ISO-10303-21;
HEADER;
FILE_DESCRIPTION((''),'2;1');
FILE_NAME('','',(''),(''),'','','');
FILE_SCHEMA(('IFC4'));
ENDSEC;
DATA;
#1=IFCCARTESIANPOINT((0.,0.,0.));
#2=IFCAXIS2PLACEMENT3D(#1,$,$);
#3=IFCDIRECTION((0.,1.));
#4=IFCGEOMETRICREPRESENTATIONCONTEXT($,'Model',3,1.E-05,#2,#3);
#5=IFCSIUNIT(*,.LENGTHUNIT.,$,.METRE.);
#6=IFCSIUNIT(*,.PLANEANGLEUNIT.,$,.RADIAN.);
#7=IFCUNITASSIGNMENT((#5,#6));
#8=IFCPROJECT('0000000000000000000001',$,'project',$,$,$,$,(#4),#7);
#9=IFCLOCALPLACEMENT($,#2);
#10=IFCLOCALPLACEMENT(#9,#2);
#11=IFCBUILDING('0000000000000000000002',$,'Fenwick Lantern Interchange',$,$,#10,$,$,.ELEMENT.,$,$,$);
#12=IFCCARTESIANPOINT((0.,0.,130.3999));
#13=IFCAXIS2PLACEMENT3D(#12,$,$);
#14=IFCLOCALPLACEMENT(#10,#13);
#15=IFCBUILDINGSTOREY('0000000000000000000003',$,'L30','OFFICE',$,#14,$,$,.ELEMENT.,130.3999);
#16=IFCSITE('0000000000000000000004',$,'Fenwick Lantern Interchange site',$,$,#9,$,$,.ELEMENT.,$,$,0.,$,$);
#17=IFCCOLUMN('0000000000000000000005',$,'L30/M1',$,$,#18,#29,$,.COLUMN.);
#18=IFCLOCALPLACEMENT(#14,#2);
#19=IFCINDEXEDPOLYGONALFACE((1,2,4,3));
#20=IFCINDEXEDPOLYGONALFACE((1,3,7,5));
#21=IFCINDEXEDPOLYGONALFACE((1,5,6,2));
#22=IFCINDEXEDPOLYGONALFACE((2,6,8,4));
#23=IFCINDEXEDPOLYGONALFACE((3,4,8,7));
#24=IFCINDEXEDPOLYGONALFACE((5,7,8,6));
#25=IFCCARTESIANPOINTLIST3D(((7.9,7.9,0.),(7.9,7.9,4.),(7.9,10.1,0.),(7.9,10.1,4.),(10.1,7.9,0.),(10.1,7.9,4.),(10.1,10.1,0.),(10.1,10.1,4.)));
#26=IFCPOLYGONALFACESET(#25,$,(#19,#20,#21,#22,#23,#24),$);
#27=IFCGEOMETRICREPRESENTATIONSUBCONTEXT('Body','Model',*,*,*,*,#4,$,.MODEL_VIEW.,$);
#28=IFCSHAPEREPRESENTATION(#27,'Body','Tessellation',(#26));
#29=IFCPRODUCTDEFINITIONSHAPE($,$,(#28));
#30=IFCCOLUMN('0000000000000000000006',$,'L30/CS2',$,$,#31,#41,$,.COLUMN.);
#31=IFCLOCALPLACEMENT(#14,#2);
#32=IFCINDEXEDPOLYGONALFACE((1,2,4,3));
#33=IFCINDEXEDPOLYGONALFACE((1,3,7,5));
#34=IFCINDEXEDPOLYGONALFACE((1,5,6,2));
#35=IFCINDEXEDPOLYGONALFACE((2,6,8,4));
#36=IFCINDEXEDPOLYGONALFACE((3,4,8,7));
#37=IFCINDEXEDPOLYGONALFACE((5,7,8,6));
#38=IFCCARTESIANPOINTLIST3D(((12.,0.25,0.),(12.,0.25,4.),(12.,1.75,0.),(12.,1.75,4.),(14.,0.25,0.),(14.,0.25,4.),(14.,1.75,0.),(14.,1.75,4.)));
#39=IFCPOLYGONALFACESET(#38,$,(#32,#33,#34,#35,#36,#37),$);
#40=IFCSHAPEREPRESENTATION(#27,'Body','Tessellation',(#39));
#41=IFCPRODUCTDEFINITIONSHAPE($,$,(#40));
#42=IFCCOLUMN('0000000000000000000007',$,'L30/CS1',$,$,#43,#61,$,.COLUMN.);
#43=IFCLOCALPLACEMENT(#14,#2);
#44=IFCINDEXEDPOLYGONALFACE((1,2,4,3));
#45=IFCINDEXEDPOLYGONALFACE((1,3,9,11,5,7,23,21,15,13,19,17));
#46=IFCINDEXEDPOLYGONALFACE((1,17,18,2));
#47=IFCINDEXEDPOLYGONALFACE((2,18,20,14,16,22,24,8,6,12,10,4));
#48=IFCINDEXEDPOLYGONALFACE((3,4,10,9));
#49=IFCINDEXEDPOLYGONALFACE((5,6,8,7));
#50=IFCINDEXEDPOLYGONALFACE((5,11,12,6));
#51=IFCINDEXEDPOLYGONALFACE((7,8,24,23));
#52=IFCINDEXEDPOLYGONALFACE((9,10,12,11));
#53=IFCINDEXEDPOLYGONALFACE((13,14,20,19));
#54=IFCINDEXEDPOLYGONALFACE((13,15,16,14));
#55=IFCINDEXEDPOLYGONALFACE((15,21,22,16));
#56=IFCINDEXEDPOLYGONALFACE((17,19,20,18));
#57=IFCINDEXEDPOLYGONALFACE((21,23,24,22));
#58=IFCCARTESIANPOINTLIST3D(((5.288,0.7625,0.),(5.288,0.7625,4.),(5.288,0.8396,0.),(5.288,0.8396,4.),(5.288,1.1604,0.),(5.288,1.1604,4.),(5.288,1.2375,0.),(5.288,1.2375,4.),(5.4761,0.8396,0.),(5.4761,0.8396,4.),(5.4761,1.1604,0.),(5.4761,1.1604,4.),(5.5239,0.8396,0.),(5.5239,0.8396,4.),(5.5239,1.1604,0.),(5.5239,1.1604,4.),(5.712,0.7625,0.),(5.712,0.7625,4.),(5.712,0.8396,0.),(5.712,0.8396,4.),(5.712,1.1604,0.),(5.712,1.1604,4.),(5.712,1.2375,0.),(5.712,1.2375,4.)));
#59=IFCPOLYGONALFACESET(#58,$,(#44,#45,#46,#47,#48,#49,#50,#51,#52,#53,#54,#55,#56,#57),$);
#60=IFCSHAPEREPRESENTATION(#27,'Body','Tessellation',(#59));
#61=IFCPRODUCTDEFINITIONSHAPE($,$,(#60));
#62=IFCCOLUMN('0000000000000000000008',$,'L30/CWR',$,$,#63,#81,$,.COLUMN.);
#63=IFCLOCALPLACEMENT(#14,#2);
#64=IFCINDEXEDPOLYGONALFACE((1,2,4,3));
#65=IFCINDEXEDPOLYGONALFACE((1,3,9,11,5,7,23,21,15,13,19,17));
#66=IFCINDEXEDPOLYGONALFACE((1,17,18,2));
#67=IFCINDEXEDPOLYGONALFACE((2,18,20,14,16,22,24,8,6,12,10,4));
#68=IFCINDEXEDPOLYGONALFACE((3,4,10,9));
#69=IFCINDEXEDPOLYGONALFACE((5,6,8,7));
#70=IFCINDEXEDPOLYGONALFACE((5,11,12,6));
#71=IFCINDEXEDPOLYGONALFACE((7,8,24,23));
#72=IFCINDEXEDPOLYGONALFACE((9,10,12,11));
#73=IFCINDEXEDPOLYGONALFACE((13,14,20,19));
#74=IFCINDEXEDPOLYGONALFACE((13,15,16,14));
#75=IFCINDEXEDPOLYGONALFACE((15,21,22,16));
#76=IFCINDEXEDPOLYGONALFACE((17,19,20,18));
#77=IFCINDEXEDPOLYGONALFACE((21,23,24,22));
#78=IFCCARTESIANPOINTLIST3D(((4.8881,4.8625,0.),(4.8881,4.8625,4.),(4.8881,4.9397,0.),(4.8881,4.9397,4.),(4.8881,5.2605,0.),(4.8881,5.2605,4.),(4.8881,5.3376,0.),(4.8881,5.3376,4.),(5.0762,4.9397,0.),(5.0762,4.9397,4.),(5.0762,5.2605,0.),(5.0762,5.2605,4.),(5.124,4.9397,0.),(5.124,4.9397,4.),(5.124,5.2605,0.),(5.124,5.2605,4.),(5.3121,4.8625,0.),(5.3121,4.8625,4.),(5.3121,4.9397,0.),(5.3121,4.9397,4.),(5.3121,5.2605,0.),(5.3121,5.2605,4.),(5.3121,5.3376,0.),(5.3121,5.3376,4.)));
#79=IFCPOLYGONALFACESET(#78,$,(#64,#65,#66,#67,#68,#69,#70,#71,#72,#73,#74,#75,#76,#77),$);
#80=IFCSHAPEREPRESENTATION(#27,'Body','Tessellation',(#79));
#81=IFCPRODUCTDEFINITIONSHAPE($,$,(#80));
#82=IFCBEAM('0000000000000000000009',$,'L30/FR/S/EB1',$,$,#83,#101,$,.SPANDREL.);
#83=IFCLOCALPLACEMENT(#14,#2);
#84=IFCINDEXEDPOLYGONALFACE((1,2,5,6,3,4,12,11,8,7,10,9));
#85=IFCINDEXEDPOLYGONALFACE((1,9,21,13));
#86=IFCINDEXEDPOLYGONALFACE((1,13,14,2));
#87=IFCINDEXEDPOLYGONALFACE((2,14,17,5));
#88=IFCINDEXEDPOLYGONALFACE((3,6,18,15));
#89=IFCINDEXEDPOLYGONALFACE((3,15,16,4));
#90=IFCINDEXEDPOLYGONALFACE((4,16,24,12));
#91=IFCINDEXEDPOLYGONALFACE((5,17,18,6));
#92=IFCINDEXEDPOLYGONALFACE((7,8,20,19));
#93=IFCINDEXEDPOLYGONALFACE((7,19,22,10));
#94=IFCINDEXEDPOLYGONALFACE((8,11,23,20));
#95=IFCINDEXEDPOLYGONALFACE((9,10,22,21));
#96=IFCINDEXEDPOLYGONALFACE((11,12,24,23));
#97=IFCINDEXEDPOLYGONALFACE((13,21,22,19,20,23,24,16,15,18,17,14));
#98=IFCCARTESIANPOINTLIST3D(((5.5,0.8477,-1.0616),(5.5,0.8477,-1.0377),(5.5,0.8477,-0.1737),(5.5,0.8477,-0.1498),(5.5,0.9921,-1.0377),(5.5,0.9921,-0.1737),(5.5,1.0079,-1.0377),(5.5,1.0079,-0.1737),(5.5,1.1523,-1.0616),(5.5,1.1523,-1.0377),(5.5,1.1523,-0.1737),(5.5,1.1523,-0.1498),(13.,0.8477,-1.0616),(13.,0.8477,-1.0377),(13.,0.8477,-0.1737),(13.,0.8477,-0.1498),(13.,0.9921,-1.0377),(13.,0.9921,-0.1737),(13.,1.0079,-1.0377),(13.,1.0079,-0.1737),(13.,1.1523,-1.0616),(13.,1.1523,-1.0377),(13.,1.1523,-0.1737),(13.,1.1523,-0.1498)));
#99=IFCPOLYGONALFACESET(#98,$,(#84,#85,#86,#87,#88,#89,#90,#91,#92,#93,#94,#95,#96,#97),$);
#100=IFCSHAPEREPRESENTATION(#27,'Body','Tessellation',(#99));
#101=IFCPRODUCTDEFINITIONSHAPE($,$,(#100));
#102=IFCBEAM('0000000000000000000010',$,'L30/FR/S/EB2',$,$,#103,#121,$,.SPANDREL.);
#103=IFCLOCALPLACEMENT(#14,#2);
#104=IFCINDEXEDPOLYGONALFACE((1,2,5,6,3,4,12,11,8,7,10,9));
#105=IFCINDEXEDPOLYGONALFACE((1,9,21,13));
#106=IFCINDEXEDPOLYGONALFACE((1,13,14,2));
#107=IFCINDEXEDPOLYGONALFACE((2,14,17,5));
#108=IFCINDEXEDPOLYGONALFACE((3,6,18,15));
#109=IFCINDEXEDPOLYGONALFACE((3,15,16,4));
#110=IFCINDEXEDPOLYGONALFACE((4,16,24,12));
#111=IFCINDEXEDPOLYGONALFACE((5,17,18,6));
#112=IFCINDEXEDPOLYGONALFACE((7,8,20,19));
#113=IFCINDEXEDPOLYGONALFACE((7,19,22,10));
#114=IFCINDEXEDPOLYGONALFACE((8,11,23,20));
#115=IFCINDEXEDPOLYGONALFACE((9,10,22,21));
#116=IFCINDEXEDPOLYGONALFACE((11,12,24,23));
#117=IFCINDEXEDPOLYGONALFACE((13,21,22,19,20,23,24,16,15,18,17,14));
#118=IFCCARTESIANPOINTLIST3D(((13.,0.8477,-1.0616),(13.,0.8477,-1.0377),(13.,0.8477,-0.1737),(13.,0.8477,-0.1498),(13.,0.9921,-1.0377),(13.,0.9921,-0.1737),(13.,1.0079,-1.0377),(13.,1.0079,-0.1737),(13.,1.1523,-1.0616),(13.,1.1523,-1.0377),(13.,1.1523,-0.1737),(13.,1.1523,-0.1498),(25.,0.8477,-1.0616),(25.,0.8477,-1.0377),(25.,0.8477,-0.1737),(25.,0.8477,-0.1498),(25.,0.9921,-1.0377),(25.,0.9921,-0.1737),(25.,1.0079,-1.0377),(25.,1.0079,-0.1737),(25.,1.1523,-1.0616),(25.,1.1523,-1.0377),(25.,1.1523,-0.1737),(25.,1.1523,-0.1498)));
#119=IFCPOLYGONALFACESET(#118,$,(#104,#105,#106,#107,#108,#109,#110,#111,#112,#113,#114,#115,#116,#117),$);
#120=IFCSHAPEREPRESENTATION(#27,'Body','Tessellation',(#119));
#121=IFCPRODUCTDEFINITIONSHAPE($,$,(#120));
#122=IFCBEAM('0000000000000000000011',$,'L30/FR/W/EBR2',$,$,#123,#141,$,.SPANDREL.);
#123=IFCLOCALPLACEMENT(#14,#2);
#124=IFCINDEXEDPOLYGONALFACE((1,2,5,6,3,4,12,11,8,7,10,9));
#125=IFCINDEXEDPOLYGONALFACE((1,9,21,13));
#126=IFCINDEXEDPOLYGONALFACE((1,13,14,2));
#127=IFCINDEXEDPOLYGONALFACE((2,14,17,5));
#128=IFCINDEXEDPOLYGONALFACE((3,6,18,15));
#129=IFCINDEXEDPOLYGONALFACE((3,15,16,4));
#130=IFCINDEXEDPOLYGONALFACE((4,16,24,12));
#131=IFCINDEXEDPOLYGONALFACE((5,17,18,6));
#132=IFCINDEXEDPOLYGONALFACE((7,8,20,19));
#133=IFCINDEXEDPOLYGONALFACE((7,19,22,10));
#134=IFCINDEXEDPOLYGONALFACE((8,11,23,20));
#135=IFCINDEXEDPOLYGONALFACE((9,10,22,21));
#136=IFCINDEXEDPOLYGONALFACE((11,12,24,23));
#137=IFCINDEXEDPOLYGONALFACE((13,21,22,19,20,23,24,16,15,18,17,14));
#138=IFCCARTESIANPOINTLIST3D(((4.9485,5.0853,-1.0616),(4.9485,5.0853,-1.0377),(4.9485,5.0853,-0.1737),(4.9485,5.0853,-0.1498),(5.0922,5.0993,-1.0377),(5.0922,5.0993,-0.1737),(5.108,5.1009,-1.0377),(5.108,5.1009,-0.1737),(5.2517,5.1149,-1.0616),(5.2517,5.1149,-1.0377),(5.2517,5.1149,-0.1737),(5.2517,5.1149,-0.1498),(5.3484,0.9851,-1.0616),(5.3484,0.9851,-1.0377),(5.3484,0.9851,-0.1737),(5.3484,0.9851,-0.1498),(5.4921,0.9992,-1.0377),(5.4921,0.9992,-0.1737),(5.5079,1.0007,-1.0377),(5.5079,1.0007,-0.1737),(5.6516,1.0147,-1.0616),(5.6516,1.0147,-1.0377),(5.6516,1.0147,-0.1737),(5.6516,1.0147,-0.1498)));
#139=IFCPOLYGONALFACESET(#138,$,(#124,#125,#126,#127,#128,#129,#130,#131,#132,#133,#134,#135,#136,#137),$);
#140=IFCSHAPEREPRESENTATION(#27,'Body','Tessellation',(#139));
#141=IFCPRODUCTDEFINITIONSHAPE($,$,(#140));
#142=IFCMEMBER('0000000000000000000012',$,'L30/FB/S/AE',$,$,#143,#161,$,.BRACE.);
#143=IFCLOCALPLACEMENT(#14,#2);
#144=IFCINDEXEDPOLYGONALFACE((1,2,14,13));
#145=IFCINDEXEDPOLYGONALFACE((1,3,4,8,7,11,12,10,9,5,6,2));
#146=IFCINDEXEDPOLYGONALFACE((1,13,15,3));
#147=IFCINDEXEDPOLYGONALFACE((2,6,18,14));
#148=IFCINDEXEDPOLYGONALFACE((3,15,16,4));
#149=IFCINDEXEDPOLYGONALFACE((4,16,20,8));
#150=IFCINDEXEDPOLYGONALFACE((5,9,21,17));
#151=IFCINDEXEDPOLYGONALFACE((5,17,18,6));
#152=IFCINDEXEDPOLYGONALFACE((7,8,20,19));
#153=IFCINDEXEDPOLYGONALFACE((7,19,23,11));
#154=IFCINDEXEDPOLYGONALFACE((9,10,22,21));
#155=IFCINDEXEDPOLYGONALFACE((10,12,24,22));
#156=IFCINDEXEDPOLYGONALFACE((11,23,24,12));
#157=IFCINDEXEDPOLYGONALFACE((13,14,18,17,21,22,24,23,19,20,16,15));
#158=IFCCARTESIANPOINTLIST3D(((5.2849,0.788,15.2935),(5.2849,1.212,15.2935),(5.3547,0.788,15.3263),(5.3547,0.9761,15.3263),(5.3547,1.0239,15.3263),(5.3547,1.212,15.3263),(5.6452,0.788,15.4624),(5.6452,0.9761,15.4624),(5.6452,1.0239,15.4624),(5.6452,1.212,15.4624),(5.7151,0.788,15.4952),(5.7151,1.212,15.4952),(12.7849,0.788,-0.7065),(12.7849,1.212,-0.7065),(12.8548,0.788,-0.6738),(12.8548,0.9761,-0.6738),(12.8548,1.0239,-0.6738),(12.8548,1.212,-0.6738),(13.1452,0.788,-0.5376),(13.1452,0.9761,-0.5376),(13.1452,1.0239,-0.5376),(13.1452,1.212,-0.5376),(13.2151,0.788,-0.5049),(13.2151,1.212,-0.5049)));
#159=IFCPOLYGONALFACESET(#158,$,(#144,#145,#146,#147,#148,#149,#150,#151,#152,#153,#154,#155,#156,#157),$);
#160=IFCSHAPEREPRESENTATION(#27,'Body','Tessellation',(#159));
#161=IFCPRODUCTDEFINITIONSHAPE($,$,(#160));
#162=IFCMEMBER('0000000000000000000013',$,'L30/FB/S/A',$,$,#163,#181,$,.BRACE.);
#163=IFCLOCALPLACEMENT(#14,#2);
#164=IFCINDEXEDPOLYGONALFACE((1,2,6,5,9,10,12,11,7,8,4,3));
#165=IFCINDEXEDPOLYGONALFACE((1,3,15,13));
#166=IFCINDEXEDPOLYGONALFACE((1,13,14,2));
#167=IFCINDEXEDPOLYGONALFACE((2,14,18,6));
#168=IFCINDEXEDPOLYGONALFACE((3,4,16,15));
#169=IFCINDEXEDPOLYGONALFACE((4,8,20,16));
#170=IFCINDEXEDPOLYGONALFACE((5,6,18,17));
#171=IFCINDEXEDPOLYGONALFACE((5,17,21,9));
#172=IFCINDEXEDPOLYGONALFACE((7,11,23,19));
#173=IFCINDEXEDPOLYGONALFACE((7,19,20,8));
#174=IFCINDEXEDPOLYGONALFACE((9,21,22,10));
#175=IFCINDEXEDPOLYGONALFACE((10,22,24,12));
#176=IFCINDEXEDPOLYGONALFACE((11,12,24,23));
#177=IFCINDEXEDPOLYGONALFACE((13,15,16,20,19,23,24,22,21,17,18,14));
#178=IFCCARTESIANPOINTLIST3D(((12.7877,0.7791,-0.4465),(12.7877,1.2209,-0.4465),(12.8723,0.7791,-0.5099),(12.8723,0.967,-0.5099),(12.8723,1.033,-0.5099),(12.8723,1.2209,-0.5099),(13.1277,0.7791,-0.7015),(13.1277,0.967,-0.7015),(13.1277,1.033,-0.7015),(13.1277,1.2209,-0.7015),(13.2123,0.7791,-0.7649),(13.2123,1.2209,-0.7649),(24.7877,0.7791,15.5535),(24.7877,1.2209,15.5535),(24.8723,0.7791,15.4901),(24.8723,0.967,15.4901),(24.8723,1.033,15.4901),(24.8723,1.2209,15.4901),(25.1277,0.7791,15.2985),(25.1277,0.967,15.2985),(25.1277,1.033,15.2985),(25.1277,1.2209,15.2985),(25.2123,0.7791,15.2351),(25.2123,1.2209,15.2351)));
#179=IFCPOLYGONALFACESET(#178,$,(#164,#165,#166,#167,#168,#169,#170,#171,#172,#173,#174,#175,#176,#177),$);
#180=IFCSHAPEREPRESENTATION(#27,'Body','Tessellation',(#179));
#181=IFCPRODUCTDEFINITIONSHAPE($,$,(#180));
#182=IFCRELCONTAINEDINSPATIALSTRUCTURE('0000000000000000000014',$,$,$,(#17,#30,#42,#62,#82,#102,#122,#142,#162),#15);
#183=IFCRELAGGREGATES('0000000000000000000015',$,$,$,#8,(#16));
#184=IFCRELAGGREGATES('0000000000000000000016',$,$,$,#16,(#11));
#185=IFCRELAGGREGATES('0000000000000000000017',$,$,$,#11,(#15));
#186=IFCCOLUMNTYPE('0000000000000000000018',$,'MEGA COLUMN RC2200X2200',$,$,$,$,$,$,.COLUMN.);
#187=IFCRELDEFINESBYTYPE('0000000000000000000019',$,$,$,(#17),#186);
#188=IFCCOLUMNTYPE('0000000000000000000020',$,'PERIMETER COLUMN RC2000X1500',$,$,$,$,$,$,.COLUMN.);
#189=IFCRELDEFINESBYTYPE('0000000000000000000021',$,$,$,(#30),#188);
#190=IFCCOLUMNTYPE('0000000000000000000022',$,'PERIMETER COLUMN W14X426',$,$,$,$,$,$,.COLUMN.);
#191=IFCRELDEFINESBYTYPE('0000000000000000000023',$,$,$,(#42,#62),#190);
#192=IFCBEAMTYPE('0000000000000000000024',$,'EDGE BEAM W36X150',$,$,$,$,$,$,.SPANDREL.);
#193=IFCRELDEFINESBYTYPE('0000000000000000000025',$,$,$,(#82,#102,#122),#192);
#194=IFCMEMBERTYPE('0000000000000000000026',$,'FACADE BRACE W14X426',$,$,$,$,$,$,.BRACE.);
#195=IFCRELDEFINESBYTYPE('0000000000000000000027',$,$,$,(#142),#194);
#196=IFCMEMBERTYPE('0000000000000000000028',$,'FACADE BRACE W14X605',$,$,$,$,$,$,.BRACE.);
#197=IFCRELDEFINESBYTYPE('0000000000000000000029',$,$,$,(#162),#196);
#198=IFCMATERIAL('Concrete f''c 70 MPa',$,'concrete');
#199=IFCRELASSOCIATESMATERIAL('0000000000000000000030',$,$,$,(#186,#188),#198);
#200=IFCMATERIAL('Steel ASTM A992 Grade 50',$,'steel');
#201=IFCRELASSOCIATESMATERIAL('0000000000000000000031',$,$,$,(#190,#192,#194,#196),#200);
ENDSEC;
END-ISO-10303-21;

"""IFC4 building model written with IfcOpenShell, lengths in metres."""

from ifc_helpers import new_model, si_unit, direction, frame, origin, origin_2d, place, context, subcontext, project, spatial, rectangle, i_section, extrude, material, material_profile, profile_set, type_object, element, save


model = new_model("IFC4")

# Units and contexts
model_context = context("Model", 3, precision=1e-05, world=origin(), true_north=direction((0.0, 1.0)))
body_context = subcontext(model_context, "Body", "Model", "MODEL_VIEW")
ifc_project = project(units=[si_unit("LENGTHUNIT", "METRE"), si_unit("PLANEANGLEUNIT", "RADIAN")], contexts=[model_context])

# Site, building, storey
site_placement = place(None, origin())
site = spatial("IfcSite", under=ifc_project, at=site_placement, Name="Fenwick Lantern Interchange site", CompositionType="ELEMENT", RefElevation=0.0)
building_placement = place(site_placement, origin())
building = spatial("IfcBuilding", under=site, at=building_placement, Name="Fenwick Lantern Interchange", CompositionType="ELEMENT")
storey_placement = place(building_placement, frame((0.0, 0.0, 130.3999)))
storey = spatial("IfcBuildingStorey", under=building, at=storey_placement, Name="L30", Description="OFFICE", CompositionType="ELEMENT", Elevation=130.3999)

# Columns
ifc_material_1 = material(Name="Concrete f'c 70 MPa", Category="concrete")
ifc_material_profile_1 = material_profile(ifc_material_1, rectangle(XDim=2.2, YDim=2.2, at=origin_2d()), Name="RC2200X2200")
ifc_profile_set_1 = profile_set([ifc_material_profile_1], Name="Concrete f'c 70 MPa")
column_type_1 = type_object("IfcColumnType", Name="MEGA COLUMN RC2200X2200", PredefinedType="COLUMN", material=ifc_profile_set_1)
column_1_placement = place(storey_placement, frame((9.0, 9.0, 0.0), z_axis=(0.0, 0.0, 1.0), x_axis=(1.0, 0.0, 0.0)))
element("IfcColumn", 1, at=column_1_placement, inside=storey, type_object=column_type_1, Name="L30/M1", PredefinedType="COLUMN", context=body_context, shape_type="SweptSolid", body=[
    extrude(rectangle(XDim=2.2, YDim=2.2, at=origin_2d()), origin(), (0.0, 0.0, 1.0), 4.0),
])
ifc_material_profile_2 = material_profile(ifc_material_1, rectangle(XDim=2.0, YDim=1.5, at=origin_2d()), Name="RC2000X1500")
ifc_profile_set_2 = profile_set([ifc_material_profile_2], Name="Concrete f'c 70 MPa")
column_type_2 = type_object("IfcColumnType", Name="PERIMETER COLUMN RC2000X1500", PredefinedType="COLUMN", material=ifc_profile_set_2)
column_2_placement = place(storey_placement, frame((13.0, 1.0, 0.0), z_axis=(0.0, 0.0, 1.0), x_axis=(1.0, 0.0, 0.0)))
element("IfcColumn", 2, at=column_2_placement, inside=storey, type_object=column_type_2, Name="L30/CS2", PredefinedType="COLUMN", context=body_context, shape_type="SweptSolid", body=[
    extrude(rectangle(XDim=2.0, YDim=1.5, at=origin_2d()), origin(), (0.0, 0.0, 1.0), 4.0),
])
ifc_material_2 = material(Name="Steel ASTM A992 Grade 50", Category="steel")
ifc_material_profile_3 = material_profile(ifc_material_2, i_section(OverallWidth=0.4241, OverallDepth=0.4751, WebThickness=0.0479, FlangeThickness=0.0771, at=origin_2d()), Name="W14X426")
ifc_profile_set_3 = profile_set([ifc_material_profile_3], Name="Steel ASTM A992 Grade 50")
column_type_3 = type_object("IfcColumnType", Name="PERIMETER COLUMN W14X426", PredefinedType="COLUMN", material=ifc_profile_set_3)
for number, where, z_axis, x_axis, name in (
    (3, (5.5, 1.0, 0.0), (0.0, 0.0, 1.0), (1.0, 0.0, 0.0), "L30/CS1"),
    (4, (5.1001, 5.1001, 0.0), (0.0, 0.0, 1.0), (1.0, 0.0, 0.0), "L30/CWR"),
):
    element("IfcColumn", number, at=place(storey_placement, frame(where, z_axis=z_axis, x_axis=x_axis)), inside=storey, type_object=column_type_3, Name=name, PredefinedType="COLUMN", context=body_context, shape_type="SweptSolid", body=[
        extrude(i_section(OverallWidth=0.4241, OverallDepth=0.4751, WebThickness=0.0479, FlangeThickness=0.0771, at=origin_2d()), origin(), (0.0, 0.0, 1.0), 4.0),
    ])

# Beams
ifc_material_profile_4 = material_profile(ifc_material_2, i_section(OverallWidth=0.3047, OverallDepth=0.9119, WebThickness=0.0159, FlangeThickness=0.0239, at=origin_2d()), Name="W36X150")
ifc_profile_set_4 = profile_set([ifc_material_profile_4], Name="Steel ASTM A992 Grade 50")
beam_type_1 = type_object("IfcBeamType", Name="EDGE BEAM W36X150", PredefinedType="SPANDREL", material=ifc_profile_set_4)
beam_1_placement = place(storey_placement, frame((5.5, 1.0, -0.6057), z_axis=(1.0, 0.0, 0.0), x_axis=(0.0, 1.0, 0.0)))
element("IfcBeam", 5, at=beam_1_placement, inside=storey, type_object=beam_type_1, Name="L30/FR/S/EB1", PredefinedType="SPANDREL", context=body_context, shape_type="SweptSolid", body=[
    extrude(i_section(OverallWidth=0.3047, OverallDepth=0.9119, WebThickness=0.0159, FlangeThickness=0.0239, at=origin_2d()), origin(), (0.0, 0.0, 1.0), 7.5),
])
beam_2_placement = place(storey_placement, frame((13.0, 1.0, -0.6057), z_axis=(1.0, 0.0, 0.0), x_axis=(0.0, 1.0, 0.0)))
element("IfcBeam", 6, at=beam_2_placement, inside=storey, type_object=beam_type_1, Name="L30/FR/S/EB2", PredefinedType="SPANDREL", context=body_context, shape_type="SweptSolid", body=[
    extrude(i_section(OverallWidth=0.3047, OverallDepth=0.9119, WebThickness=0.0159, FlangeThickness=0.0239, at=origin_2d()), origin(), (0.0, 0.0, 1.0), 12.0),
])
beam_3_placement = place(storey_placement, frame((5.1001, 5.1001, -0.6057), z_axis=(0.097074, -0.995277, 0.0), x_axis=(0.995277, 0.097074, 0.0)))
element("IfcBeam", 7, at=beam_3_placement, inside=storey, type_object=beam_type_1, Name="L30/FR/W/EBR2", PredefinedType="SPANDREL", context=body_context, shape_type="SweptSolid", body=[
    extrude(i_section(OverallWidth=0.3047, OverallDepth=0.9119, WebThickness=0.0159, FlangeThickness=0.0239, at=origin_2d()), origin(), (0.0, 0.0, 1.0), 4.1196),
])

# Members
ifc_material_profile_5 = material_profile(ifc_material_2, i_section(OverallWidth=0.4241, OverallDepth=0.4751, WebThickness=0.0479, FlangeThickness=0.0771, at=origin_2d()), Name="W14X426")
ifc_profile_set_5 = profile_set([ifc_material_profile_5], Name="Steel ASTM A992 Grade 50")
member_type_1 = type_object("IfcMemberType", Name="FACADE BRACE W14X426", PredefinedType="BRACE", material=ifc_profile_set_5)
member_1_placement = place(storey_placement, frame((13.0, 1.0, -0.6057), z_axis=(-0.424434, 0.0, 0.905459), x_axis=(0.0, -1.0, 0.0)))
element("IfcMember", 8, at=member_1_placement, inside=storey, type_object=member_type_1, Name="L30/FB/S/AE", PredefinedType="BRACE", context=body_context, shape_type="SweptSolid", body=[
    extrude(i_section(OverallWidth=0.4241, OverallDepth=0.4751, WebThickness=0.0479, FlangeThickness=0.0771, at=origin_2d()), origin(), (0.0, 0.0, 1.0), 17.6707),
])
ifc_material_profile_6 = material_profile(ifc_material_2, i_section(OverallWidth=0.4419, OverallDepth=0.5308, WebThickness=0.0659, FlangeThickness=0.1057, at=origin_2d()), Name="W14X605")
ifc_profile_set_6 = profile_set([ifc_material_profile_6], Name="Steel ASTM A992 Grade 50")
member_type_2 = type_object("IfcMemberType", Name="FACADE BRACE W14X605", PredefinedType="BRACE", material=ifc_profile_set_6)
member_2_placement = place(storey_placement, frame((13.0, 1.0, -0.6057), z_axis=(0.6, 0.0, 0.8), x_axis=(0.0, 1.0, 0.0)))
element("IfcMember", 9, at=member_2_placement, inside=storey, type_object=member_type_2, Name="L30/FB/S/A", PredefinedType="BRACE", context=body_context, shape_type="SweptSolid", body=[
    extrude(i_section(OverallWidth=0.4419, OverallDepth=0.5308, WebThickness=0.0659, FlangeThickness=0.1057, at=origin_2d()), origin(), (0.0, 0.0, 1.0), 20.0),
])

save(model, "model.ifc")
